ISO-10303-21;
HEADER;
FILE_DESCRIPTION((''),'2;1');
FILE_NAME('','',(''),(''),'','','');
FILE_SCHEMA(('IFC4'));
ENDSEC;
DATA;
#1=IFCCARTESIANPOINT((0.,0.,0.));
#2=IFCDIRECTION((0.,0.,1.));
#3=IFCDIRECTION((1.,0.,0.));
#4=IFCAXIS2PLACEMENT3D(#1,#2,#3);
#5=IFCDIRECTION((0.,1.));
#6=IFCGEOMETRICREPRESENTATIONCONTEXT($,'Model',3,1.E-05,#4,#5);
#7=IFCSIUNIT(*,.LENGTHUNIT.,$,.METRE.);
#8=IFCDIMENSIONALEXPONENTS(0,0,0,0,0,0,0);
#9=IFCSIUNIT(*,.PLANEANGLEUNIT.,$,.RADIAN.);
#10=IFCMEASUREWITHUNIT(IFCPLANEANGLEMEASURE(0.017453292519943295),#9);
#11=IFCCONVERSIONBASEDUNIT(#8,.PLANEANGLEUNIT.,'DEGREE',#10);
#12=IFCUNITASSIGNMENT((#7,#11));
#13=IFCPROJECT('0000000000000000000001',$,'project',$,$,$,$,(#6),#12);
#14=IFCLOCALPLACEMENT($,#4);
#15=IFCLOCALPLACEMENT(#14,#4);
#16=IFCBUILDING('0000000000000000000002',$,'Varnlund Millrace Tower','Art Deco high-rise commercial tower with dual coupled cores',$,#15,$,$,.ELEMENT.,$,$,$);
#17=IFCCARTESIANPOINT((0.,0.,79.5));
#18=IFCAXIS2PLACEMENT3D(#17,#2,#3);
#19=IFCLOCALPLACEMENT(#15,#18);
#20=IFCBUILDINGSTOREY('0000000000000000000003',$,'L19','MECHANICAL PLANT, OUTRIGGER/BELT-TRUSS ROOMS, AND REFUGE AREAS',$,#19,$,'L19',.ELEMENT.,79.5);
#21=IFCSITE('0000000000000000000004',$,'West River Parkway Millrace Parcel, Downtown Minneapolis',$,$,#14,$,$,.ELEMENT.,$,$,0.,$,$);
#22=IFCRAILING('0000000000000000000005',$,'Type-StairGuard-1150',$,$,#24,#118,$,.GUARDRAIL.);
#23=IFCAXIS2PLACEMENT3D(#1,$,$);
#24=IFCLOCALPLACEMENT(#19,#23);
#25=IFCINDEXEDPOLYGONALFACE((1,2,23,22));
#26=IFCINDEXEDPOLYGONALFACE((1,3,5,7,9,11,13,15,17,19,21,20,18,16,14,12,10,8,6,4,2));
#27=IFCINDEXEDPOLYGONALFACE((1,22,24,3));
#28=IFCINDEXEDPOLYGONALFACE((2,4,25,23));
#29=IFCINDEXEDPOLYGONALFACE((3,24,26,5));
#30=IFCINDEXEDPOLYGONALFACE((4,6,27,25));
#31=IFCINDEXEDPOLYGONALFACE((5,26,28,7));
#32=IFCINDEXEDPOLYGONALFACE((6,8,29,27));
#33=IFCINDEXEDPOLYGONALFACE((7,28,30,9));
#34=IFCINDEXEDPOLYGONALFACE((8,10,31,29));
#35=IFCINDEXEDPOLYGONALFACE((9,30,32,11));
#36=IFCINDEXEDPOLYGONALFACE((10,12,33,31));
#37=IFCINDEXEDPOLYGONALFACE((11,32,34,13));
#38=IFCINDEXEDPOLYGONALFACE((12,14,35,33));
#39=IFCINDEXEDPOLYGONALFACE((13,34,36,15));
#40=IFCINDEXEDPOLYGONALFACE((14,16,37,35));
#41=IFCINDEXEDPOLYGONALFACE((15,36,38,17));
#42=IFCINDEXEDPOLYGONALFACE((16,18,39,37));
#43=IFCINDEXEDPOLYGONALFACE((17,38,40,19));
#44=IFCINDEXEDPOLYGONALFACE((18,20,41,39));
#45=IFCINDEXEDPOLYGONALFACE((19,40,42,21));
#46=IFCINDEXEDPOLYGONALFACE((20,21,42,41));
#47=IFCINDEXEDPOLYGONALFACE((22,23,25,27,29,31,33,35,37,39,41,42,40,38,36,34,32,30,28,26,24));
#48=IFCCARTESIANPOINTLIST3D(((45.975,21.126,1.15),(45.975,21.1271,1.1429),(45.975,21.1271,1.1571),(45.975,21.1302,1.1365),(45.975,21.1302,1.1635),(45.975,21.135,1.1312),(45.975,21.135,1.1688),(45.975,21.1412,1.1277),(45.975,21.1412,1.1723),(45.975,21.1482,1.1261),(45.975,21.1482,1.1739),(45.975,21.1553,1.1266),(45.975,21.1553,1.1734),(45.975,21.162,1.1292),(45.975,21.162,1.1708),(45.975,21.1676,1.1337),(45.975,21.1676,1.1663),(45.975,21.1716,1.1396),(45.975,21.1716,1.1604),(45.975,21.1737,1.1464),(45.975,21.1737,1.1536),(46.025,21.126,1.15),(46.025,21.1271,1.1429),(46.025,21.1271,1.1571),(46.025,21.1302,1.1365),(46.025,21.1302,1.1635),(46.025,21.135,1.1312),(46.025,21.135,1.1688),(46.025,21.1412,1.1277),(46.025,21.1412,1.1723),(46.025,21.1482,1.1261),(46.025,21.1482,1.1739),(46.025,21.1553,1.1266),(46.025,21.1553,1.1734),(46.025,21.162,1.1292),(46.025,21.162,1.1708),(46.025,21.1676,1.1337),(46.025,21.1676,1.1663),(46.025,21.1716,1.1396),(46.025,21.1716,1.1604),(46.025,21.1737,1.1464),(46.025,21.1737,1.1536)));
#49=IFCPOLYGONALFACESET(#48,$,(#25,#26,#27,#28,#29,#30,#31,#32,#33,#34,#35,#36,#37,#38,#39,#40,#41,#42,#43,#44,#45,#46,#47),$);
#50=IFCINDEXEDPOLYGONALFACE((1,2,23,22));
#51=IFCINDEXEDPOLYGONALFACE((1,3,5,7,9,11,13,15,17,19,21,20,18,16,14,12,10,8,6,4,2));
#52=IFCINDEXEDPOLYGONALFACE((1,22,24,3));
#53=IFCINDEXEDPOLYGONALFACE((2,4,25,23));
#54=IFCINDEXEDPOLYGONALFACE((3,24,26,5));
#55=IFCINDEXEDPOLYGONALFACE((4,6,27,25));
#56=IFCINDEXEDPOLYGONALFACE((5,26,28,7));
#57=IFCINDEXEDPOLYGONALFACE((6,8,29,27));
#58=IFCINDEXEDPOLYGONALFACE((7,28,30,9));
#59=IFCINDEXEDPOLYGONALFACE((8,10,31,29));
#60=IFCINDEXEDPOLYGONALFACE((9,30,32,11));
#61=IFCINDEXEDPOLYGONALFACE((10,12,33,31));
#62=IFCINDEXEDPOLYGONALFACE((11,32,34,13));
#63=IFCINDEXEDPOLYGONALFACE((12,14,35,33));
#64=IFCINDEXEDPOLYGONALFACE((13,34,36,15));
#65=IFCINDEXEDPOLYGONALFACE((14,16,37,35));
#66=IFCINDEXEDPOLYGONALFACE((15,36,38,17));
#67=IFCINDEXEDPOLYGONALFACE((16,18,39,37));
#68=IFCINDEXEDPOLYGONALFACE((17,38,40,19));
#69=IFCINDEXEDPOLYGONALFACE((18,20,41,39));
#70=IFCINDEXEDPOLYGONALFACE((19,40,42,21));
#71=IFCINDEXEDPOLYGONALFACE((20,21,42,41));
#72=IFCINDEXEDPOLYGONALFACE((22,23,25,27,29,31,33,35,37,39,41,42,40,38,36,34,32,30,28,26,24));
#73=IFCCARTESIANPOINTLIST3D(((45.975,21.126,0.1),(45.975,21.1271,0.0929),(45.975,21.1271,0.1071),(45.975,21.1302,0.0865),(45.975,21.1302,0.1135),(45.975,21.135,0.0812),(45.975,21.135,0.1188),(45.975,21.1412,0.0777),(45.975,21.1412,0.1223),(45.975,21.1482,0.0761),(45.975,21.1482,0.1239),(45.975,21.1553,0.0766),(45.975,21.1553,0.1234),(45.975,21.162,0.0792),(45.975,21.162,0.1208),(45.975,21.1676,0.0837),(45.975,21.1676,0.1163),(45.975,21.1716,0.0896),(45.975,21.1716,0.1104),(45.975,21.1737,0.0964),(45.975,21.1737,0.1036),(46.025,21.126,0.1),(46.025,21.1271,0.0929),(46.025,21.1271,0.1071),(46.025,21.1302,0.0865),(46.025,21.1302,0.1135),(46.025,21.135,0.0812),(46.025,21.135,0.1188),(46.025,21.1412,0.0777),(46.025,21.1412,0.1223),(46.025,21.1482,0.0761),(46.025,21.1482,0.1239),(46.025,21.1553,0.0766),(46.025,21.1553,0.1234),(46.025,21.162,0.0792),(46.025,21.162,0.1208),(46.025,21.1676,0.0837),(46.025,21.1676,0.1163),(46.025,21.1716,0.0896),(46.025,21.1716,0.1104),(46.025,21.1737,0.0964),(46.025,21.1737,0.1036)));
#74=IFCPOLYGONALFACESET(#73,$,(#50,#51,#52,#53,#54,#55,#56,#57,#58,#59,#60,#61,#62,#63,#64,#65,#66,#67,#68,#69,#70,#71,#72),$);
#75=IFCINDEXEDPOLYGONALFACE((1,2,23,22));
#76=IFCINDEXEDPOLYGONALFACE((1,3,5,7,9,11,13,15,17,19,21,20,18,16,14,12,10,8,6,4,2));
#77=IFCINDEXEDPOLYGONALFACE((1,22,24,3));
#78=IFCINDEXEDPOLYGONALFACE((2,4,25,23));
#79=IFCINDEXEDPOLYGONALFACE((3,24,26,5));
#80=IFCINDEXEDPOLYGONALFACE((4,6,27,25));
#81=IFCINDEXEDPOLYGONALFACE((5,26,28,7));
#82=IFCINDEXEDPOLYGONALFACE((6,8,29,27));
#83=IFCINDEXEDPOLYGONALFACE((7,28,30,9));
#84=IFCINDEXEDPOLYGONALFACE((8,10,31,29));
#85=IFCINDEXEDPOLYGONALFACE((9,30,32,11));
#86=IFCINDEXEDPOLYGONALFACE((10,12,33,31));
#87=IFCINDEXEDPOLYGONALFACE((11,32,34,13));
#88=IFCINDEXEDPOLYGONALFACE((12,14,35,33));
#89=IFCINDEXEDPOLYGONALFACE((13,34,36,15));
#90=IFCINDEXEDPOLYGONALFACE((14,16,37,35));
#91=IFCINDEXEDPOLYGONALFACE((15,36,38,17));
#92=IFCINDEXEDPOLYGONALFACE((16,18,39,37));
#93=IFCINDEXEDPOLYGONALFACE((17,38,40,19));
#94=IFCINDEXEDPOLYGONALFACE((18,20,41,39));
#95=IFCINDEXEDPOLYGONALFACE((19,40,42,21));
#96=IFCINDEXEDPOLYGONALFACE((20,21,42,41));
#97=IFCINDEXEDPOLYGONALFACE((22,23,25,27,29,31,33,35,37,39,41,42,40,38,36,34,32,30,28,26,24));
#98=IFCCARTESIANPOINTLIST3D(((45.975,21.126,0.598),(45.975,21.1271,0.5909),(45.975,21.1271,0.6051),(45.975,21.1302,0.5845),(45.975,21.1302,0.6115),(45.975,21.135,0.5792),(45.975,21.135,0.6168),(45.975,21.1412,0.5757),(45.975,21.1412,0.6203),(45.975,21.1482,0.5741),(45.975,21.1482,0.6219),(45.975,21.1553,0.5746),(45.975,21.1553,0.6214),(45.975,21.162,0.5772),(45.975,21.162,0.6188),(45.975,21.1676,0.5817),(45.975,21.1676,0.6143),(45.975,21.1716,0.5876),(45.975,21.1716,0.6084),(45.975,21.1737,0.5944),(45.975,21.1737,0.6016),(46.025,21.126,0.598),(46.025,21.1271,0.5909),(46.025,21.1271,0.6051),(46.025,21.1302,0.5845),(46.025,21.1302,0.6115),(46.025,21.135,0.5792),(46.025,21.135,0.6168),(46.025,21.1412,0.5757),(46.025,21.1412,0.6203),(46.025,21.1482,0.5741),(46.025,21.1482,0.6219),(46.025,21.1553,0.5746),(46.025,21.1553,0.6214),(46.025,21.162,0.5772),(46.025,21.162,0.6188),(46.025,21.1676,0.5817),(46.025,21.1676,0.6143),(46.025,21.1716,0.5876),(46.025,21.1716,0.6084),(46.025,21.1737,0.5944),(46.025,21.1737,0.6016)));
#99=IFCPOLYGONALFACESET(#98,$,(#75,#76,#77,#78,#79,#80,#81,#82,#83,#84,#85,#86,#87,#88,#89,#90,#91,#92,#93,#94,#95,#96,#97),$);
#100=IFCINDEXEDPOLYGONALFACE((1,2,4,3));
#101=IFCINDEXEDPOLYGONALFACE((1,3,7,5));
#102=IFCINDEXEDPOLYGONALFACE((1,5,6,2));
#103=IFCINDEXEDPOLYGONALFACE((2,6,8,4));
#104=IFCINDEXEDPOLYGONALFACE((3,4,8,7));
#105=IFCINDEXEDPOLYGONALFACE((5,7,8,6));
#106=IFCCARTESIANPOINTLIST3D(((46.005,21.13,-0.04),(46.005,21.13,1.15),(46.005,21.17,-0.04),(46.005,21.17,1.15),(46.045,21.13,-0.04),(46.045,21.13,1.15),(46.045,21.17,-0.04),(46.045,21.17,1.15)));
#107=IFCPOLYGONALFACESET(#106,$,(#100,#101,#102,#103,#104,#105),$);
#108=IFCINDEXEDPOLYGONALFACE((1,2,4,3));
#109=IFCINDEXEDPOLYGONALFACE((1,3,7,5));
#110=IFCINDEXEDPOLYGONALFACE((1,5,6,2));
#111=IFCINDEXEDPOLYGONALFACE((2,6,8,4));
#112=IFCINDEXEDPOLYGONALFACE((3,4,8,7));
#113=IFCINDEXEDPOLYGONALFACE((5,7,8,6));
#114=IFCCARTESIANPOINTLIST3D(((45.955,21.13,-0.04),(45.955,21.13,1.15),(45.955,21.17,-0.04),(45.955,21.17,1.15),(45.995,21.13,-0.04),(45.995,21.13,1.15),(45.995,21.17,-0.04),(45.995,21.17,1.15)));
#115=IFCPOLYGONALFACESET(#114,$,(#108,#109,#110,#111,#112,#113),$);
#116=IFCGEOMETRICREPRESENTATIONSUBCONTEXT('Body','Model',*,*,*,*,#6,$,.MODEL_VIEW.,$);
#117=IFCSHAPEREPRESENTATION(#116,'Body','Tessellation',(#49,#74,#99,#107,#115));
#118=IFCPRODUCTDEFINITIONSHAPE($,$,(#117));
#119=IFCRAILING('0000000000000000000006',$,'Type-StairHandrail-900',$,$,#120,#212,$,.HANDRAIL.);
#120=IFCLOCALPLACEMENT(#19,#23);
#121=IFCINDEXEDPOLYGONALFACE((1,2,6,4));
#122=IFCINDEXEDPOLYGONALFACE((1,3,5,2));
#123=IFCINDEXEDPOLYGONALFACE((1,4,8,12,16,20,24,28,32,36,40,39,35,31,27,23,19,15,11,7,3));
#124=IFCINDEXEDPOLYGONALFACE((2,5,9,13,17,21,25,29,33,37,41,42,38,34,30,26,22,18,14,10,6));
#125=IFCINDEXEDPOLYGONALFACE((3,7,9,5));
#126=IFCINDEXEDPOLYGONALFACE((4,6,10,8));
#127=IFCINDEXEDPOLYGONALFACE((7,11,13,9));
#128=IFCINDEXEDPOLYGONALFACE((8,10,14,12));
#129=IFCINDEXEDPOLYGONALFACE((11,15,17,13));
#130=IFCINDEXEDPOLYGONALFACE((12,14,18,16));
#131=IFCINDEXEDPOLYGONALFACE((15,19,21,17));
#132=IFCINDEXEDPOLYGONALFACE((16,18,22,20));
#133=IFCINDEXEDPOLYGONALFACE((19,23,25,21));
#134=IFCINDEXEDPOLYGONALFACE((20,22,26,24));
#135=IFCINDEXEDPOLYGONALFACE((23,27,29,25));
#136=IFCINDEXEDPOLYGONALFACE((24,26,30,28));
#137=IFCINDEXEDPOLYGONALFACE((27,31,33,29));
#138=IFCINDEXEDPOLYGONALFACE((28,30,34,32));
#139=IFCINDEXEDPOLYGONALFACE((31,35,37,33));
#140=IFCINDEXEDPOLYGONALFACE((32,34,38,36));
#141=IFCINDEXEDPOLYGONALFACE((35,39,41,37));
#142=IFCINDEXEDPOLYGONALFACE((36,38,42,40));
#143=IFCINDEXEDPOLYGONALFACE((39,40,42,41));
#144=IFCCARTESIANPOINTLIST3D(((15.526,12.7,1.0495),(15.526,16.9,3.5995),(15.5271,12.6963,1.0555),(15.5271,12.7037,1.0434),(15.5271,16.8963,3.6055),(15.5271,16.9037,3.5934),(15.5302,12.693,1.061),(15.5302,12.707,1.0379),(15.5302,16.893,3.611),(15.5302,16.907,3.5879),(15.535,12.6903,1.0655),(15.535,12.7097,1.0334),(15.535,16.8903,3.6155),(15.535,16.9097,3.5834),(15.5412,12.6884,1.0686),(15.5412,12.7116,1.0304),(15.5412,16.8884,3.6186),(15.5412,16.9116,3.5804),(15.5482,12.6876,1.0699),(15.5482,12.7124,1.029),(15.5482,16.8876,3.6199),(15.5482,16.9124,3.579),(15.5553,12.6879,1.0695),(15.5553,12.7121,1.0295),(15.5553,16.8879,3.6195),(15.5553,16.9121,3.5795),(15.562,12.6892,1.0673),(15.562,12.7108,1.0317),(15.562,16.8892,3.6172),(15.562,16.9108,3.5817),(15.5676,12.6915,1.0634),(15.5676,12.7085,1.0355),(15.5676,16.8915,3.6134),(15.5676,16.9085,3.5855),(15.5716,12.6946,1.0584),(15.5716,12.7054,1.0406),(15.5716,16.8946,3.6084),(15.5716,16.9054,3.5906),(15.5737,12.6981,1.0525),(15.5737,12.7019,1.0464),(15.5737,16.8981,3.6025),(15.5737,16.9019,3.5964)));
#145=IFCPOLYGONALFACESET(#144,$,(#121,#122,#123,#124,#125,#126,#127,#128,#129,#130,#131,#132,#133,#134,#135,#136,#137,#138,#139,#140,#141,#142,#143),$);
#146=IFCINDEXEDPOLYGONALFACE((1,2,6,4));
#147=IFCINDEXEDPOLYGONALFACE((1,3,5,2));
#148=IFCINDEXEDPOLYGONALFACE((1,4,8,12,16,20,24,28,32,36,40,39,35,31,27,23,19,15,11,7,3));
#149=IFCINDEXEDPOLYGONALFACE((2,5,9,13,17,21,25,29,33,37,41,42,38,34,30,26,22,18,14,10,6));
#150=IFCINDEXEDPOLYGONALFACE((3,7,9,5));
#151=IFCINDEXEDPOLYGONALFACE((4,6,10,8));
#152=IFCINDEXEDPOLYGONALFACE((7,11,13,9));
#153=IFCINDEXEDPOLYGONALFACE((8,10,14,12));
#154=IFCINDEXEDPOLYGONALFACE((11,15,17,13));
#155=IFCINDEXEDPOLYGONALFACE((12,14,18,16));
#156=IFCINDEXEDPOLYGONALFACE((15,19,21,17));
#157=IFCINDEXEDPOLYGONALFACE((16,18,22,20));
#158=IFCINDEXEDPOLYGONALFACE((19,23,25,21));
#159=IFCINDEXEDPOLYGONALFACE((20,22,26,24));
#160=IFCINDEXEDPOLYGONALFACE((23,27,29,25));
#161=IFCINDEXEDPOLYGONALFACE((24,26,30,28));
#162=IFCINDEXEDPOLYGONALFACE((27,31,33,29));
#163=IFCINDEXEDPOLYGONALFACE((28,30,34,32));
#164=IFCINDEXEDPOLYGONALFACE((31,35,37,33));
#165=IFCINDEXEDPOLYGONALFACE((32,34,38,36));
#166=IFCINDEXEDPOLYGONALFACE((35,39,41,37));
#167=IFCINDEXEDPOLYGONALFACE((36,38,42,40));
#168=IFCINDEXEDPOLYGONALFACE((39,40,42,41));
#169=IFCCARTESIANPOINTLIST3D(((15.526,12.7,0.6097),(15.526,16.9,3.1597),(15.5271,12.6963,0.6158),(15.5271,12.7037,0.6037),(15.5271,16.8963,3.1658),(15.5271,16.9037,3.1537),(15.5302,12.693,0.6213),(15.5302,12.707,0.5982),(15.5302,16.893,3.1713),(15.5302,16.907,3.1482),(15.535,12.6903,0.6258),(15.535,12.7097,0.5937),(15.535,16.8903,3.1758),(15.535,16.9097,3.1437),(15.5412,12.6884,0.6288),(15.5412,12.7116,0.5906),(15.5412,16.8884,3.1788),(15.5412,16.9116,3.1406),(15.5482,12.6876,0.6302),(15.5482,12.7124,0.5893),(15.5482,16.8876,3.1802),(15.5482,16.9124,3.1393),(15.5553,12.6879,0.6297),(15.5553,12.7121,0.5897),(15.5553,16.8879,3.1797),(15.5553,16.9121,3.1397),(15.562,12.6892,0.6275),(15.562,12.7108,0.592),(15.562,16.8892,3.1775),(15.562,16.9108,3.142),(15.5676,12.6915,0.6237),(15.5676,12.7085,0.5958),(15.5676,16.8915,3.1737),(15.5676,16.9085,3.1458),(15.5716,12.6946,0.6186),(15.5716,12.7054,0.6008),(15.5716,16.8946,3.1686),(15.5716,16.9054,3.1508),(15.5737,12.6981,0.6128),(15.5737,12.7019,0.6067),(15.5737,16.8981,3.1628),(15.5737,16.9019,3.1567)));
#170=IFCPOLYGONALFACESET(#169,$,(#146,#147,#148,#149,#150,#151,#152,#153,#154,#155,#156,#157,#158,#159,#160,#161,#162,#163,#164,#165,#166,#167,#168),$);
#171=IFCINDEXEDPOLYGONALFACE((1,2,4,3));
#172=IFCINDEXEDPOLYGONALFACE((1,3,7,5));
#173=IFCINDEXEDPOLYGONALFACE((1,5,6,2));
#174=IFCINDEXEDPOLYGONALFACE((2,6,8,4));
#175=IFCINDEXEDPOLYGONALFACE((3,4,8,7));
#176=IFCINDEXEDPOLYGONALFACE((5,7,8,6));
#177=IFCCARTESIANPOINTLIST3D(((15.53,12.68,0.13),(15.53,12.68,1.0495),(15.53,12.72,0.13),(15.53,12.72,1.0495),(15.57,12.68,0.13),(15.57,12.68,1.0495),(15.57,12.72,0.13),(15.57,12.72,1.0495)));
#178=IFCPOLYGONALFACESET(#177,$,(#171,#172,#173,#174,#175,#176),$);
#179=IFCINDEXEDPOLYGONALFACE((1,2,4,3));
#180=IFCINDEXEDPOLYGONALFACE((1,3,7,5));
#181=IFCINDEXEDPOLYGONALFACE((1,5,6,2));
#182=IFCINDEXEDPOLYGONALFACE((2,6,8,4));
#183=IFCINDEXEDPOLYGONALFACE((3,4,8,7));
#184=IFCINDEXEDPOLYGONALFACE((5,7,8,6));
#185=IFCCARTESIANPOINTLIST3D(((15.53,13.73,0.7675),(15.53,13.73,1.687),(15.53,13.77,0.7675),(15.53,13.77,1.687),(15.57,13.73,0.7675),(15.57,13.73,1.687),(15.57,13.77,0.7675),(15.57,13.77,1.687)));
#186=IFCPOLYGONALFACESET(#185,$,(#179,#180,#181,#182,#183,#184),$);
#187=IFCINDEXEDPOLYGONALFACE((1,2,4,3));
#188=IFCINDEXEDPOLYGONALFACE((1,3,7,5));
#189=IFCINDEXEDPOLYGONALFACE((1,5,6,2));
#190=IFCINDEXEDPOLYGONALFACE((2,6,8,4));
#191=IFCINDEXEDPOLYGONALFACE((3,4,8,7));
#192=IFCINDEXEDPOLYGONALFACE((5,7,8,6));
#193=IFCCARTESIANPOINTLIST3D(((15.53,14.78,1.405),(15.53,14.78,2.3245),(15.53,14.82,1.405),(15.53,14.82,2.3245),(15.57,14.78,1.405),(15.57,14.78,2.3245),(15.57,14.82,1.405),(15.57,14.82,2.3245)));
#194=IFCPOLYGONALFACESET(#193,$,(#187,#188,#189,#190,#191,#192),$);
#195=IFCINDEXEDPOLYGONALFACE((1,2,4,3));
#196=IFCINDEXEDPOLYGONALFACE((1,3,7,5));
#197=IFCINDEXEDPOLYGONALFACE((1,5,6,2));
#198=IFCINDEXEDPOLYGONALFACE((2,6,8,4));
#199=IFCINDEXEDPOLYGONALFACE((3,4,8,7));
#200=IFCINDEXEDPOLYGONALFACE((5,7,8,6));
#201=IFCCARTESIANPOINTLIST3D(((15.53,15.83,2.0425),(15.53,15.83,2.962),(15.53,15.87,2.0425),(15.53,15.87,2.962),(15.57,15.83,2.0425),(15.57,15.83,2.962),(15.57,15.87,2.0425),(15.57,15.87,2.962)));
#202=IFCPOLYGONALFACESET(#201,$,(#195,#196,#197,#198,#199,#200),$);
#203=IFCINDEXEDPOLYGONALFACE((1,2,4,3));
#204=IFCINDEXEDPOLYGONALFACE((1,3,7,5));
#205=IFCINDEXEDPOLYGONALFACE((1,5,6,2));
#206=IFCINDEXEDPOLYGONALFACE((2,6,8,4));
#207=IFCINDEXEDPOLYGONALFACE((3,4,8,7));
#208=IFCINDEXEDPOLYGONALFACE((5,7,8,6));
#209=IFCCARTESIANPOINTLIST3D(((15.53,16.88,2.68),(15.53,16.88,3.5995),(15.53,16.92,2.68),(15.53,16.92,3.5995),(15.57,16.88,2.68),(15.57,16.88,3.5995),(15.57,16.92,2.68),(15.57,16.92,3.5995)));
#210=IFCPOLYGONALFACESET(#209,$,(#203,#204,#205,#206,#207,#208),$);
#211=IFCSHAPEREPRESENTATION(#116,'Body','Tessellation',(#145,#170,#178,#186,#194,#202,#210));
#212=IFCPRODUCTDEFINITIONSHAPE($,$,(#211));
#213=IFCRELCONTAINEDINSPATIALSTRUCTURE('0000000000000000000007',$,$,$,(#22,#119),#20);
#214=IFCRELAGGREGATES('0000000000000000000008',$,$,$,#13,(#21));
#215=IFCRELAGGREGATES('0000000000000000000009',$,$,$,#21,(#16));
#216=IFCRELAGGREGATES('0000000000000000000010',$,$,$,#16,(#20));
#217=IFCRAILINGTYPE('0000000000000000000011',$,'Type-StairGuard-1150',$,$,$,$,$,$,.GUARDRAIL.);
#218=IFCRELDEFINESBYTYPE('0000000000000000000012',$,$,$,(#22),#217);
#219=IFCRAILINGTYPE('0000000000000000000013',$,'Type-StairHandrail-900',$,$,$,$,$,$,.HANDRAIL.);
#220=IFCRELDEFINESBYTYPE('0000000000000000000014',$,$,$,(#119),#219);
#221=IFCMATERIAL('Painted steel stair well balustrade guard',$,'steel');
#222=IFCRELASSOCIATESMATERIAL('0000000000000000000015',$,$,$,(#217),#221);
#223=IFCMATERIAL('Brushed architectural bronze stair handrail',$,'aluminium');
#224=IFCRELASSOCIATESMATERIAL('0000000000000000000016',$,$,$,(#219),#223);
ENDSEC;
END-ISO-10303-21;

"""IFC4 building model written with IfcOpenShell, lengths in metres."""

from ifc_helpers import new_model, entity, si_unit, converted_unit, direction, frame, origin_with_axes, origin_2d_with_axis, place, context, subcontext, project, spatial, rectangle, circle, extrude, material, type_object, element, save


model = new_model("IFC4")

# Units and contexts
model_context = context("Model", 3, precision=1e-05, world=origin_with_axes(), true_north=direction((0.0, 1.0)))
body_context = subcontext(model_context, "Body", "Model", "MODEL_VIEW")
ifc_project = project(units=[si_unit("LENGTHUNIT", "METRE"), converted_unit("PLANEANGLEUNIT", "DEGREE", entity("IfcPlaneAngleMeasure", 0.017453292519943295), si_unit("PLANEANGLEUNIT", "RADIAN"), dimensions=[0, 0, 0, 0, 0, 0, 0])], contexts=[model_context])

# Site, building, storey
site_placement = place(None, origin_with_axes())
site = spatial("IfcSite", under=ifc_project, at=site_placement, Name="West River Parkway Millrace Parcel, Downtown Minneapolis", CompositionType="ELEMENT", RefElevation=0.0)
building_placement = place(site_placement, origin_with_axes())
building = spatial("IfcBuilding", under=site, at=building_placement, Name="Varnlund Millrace Tower", Description="Art Deco high-rise commercial tower with dual coupled cores", CompositionType="ELEMENT")
storey_placement = place(building_placement, frame((0.0, 0.0, 79.5), z_axis=(0.0, 0.0, 1.0), x_axis=(1.0, 0.0, 0.0)))
storey = spatial("IfcBuildingStorey", under=building, at=storey_placement, Name="L19", Description="MECHANICAL PLANT, OUTRIGGER/BELT-TRUSS ROOMS, AND REFUGE AREAS", LongName="L19", CompositionType="ELEMENT", Elevation=79.5)

# Railings
ifc_material_1 = material(Name="Painted steel stair well balustrade guard", Category="steel")
railing_type_1 = type_object("IfcRailingType", Name="Type-StairGuard-1150", PredefinedType="GUARDRAIL", material=ifc_material_1)
railing_1_placement = place(storey_placement, frame((0.0, 0.0, -79.5), z_axis=(0.0, 0.0, 1.0), x_axis=(1.0, 0.0, 0.0)))
element("IfcRailing", 1, at=railing_1_placement, inside=storey, type_object=railing_type_1, Name="Type-StairGuard-1150", PredefinedType="GUARDRAIL", context=body_context, shape_type="SweptSolid", body=[
    extrude(circle(Radius=0.024, at=origin_2d_with_axis()), frame((46.025, 21.15, 80.65), z_axis=(-1.0, 0.0, 0.0), x_axis=(0.0, -1.0, 0.0)), (0.0, 0.0, 1.0), 0.05),
    extrude(circle(Radius=0.024, at=origin_2d_with_axis()), frame((46.025, 21.15, 79.6), z_axis=(-1.0, 0.0, 0.0), x_axis=(0.0, -1.0, 0.0)), (0.0, 0.0, 1.0), 0.05),
    extrude(circle(Radius=0.024, at=origin_2d_with_axis()), frame((46.025, 21.15, 80.098), z_axis=(-1.0, 0.0, 0.0), x_axis=(0.0, -1.0, 0.0)), (0.0, 0.0, 1.0), 0.05),
    extrude(rectangle(XDim=0.04, YDim=0.04, at=origin_2d_with_axis()), frame((46.025, 21.15, 79.46), z_axis=(0.0, 0.0, 1.0), x_axis=(1.0, 0.0, 0.0)), (0.0, 0.0, 1.0), 1.19),
    extrude(rectangle(XDim=0.04, YDim=0.04, at=origin_2d_with_axis()), frame((45.975, 21.15, 79.46), z_axis=(0.0, 0.0, 1.0), x_axis=(1.0, 0.0, 0.0)), (0.0, 0.0, 1.0), 1.19),
])
ifc_material_2 = material(Name="Brushed architectural bronze stair handrail", Category="aluminium")
railing_type_2 = type_object("IfcRailingType", Name="Type-StairHandrail-900", PredefinedType="HANDRAIL", material=ifc_material_2)
railing_2_placement = place(storey_placement, frame((0.0, 0.0, -79.5), z_axis=(0.0, 0.0, 1.0), x_axis=(1.0, 0.0, 0.0)))
element("IfcRailing", 2, at=railing_2_placement, inside=storey, type_object=railing_type_2, Name="Type-StairHandrail-900", PredefinedType="HANDRAIL", context=body_context, shape_type="SweptSolid", body=[
    extrude(circle(Radius=0.024, at=origin_2d_with_axis()), frame((15.55, 12.7, 80.5495), z_axis=(0.0, 0.854788, 0.518978), x_axis=(-1.0, 0.0, 0.0)), (0.0, 0.0, 1.0), 4.9135),
    extrude(circle(Radius=0.024, at=origin_2d_with_axis()), frame((15.55, 12.7, 80.1097), z_axis=(0.0, 0.854788, 0.518978), x_axis=(-1.0, 0.0, 0.0)), (0.0, 0.0, 1.0), 4.9135),
    extrude(rectangle(XDim=0.04, YDim=0.04, at=origin_2d_with_axis()), frame((15.55, 12.7, 79.63), z_axis=(0.0, 0.0, 1.0), x_axis=(1.0, 0.0, 0.0)), (0.0, 0.0, 1.0), 0.9195),
    extrude(rectangle(XDim=0.04, YDim=0.04, at=origin_2d_with_axis()), frame((15.55, 13.75, 80.2675), z_axis=(0.0, 0.0, 1.0), x_axis=(1.0, 0.0, 0.0)), (0.0, 0.0, 1.0), 0.9195),
    extrude(rectangle(XDim=0.04, YDim=0.04, at=origin_2d_with_axis()), frame((15.55, 14.8, 80.905), z_axis=(0.0, 0.0, 1.0), x_axis=(1.0, 0.0, 0.0)), (0.0, 0.0, 1.0), 0.9195),
    extrude(rectangle(XDim=0.04, YDim=0.04, at=origin_2d_with_axis()), frame((15.55, 15.85, 81.5425), z_axis=(0.0, 0.0, 1.0), x_axis=(1.0, 0.0, 0.0)), (0.0, 0.0, 1.0), 0.9195),
    extrude(rectangle(XDim=0.04, YDim=0.04, at=origin_2d_with_axis()), frame((15.55, 16.9, 82.18), z_axis=(0.0, 0.0, 1.0), x_axis=(1.0, 0.0, 0.0)), (0.0, 0.0, 1.0), 0.9195),
])

save(model, "model.ifc")
